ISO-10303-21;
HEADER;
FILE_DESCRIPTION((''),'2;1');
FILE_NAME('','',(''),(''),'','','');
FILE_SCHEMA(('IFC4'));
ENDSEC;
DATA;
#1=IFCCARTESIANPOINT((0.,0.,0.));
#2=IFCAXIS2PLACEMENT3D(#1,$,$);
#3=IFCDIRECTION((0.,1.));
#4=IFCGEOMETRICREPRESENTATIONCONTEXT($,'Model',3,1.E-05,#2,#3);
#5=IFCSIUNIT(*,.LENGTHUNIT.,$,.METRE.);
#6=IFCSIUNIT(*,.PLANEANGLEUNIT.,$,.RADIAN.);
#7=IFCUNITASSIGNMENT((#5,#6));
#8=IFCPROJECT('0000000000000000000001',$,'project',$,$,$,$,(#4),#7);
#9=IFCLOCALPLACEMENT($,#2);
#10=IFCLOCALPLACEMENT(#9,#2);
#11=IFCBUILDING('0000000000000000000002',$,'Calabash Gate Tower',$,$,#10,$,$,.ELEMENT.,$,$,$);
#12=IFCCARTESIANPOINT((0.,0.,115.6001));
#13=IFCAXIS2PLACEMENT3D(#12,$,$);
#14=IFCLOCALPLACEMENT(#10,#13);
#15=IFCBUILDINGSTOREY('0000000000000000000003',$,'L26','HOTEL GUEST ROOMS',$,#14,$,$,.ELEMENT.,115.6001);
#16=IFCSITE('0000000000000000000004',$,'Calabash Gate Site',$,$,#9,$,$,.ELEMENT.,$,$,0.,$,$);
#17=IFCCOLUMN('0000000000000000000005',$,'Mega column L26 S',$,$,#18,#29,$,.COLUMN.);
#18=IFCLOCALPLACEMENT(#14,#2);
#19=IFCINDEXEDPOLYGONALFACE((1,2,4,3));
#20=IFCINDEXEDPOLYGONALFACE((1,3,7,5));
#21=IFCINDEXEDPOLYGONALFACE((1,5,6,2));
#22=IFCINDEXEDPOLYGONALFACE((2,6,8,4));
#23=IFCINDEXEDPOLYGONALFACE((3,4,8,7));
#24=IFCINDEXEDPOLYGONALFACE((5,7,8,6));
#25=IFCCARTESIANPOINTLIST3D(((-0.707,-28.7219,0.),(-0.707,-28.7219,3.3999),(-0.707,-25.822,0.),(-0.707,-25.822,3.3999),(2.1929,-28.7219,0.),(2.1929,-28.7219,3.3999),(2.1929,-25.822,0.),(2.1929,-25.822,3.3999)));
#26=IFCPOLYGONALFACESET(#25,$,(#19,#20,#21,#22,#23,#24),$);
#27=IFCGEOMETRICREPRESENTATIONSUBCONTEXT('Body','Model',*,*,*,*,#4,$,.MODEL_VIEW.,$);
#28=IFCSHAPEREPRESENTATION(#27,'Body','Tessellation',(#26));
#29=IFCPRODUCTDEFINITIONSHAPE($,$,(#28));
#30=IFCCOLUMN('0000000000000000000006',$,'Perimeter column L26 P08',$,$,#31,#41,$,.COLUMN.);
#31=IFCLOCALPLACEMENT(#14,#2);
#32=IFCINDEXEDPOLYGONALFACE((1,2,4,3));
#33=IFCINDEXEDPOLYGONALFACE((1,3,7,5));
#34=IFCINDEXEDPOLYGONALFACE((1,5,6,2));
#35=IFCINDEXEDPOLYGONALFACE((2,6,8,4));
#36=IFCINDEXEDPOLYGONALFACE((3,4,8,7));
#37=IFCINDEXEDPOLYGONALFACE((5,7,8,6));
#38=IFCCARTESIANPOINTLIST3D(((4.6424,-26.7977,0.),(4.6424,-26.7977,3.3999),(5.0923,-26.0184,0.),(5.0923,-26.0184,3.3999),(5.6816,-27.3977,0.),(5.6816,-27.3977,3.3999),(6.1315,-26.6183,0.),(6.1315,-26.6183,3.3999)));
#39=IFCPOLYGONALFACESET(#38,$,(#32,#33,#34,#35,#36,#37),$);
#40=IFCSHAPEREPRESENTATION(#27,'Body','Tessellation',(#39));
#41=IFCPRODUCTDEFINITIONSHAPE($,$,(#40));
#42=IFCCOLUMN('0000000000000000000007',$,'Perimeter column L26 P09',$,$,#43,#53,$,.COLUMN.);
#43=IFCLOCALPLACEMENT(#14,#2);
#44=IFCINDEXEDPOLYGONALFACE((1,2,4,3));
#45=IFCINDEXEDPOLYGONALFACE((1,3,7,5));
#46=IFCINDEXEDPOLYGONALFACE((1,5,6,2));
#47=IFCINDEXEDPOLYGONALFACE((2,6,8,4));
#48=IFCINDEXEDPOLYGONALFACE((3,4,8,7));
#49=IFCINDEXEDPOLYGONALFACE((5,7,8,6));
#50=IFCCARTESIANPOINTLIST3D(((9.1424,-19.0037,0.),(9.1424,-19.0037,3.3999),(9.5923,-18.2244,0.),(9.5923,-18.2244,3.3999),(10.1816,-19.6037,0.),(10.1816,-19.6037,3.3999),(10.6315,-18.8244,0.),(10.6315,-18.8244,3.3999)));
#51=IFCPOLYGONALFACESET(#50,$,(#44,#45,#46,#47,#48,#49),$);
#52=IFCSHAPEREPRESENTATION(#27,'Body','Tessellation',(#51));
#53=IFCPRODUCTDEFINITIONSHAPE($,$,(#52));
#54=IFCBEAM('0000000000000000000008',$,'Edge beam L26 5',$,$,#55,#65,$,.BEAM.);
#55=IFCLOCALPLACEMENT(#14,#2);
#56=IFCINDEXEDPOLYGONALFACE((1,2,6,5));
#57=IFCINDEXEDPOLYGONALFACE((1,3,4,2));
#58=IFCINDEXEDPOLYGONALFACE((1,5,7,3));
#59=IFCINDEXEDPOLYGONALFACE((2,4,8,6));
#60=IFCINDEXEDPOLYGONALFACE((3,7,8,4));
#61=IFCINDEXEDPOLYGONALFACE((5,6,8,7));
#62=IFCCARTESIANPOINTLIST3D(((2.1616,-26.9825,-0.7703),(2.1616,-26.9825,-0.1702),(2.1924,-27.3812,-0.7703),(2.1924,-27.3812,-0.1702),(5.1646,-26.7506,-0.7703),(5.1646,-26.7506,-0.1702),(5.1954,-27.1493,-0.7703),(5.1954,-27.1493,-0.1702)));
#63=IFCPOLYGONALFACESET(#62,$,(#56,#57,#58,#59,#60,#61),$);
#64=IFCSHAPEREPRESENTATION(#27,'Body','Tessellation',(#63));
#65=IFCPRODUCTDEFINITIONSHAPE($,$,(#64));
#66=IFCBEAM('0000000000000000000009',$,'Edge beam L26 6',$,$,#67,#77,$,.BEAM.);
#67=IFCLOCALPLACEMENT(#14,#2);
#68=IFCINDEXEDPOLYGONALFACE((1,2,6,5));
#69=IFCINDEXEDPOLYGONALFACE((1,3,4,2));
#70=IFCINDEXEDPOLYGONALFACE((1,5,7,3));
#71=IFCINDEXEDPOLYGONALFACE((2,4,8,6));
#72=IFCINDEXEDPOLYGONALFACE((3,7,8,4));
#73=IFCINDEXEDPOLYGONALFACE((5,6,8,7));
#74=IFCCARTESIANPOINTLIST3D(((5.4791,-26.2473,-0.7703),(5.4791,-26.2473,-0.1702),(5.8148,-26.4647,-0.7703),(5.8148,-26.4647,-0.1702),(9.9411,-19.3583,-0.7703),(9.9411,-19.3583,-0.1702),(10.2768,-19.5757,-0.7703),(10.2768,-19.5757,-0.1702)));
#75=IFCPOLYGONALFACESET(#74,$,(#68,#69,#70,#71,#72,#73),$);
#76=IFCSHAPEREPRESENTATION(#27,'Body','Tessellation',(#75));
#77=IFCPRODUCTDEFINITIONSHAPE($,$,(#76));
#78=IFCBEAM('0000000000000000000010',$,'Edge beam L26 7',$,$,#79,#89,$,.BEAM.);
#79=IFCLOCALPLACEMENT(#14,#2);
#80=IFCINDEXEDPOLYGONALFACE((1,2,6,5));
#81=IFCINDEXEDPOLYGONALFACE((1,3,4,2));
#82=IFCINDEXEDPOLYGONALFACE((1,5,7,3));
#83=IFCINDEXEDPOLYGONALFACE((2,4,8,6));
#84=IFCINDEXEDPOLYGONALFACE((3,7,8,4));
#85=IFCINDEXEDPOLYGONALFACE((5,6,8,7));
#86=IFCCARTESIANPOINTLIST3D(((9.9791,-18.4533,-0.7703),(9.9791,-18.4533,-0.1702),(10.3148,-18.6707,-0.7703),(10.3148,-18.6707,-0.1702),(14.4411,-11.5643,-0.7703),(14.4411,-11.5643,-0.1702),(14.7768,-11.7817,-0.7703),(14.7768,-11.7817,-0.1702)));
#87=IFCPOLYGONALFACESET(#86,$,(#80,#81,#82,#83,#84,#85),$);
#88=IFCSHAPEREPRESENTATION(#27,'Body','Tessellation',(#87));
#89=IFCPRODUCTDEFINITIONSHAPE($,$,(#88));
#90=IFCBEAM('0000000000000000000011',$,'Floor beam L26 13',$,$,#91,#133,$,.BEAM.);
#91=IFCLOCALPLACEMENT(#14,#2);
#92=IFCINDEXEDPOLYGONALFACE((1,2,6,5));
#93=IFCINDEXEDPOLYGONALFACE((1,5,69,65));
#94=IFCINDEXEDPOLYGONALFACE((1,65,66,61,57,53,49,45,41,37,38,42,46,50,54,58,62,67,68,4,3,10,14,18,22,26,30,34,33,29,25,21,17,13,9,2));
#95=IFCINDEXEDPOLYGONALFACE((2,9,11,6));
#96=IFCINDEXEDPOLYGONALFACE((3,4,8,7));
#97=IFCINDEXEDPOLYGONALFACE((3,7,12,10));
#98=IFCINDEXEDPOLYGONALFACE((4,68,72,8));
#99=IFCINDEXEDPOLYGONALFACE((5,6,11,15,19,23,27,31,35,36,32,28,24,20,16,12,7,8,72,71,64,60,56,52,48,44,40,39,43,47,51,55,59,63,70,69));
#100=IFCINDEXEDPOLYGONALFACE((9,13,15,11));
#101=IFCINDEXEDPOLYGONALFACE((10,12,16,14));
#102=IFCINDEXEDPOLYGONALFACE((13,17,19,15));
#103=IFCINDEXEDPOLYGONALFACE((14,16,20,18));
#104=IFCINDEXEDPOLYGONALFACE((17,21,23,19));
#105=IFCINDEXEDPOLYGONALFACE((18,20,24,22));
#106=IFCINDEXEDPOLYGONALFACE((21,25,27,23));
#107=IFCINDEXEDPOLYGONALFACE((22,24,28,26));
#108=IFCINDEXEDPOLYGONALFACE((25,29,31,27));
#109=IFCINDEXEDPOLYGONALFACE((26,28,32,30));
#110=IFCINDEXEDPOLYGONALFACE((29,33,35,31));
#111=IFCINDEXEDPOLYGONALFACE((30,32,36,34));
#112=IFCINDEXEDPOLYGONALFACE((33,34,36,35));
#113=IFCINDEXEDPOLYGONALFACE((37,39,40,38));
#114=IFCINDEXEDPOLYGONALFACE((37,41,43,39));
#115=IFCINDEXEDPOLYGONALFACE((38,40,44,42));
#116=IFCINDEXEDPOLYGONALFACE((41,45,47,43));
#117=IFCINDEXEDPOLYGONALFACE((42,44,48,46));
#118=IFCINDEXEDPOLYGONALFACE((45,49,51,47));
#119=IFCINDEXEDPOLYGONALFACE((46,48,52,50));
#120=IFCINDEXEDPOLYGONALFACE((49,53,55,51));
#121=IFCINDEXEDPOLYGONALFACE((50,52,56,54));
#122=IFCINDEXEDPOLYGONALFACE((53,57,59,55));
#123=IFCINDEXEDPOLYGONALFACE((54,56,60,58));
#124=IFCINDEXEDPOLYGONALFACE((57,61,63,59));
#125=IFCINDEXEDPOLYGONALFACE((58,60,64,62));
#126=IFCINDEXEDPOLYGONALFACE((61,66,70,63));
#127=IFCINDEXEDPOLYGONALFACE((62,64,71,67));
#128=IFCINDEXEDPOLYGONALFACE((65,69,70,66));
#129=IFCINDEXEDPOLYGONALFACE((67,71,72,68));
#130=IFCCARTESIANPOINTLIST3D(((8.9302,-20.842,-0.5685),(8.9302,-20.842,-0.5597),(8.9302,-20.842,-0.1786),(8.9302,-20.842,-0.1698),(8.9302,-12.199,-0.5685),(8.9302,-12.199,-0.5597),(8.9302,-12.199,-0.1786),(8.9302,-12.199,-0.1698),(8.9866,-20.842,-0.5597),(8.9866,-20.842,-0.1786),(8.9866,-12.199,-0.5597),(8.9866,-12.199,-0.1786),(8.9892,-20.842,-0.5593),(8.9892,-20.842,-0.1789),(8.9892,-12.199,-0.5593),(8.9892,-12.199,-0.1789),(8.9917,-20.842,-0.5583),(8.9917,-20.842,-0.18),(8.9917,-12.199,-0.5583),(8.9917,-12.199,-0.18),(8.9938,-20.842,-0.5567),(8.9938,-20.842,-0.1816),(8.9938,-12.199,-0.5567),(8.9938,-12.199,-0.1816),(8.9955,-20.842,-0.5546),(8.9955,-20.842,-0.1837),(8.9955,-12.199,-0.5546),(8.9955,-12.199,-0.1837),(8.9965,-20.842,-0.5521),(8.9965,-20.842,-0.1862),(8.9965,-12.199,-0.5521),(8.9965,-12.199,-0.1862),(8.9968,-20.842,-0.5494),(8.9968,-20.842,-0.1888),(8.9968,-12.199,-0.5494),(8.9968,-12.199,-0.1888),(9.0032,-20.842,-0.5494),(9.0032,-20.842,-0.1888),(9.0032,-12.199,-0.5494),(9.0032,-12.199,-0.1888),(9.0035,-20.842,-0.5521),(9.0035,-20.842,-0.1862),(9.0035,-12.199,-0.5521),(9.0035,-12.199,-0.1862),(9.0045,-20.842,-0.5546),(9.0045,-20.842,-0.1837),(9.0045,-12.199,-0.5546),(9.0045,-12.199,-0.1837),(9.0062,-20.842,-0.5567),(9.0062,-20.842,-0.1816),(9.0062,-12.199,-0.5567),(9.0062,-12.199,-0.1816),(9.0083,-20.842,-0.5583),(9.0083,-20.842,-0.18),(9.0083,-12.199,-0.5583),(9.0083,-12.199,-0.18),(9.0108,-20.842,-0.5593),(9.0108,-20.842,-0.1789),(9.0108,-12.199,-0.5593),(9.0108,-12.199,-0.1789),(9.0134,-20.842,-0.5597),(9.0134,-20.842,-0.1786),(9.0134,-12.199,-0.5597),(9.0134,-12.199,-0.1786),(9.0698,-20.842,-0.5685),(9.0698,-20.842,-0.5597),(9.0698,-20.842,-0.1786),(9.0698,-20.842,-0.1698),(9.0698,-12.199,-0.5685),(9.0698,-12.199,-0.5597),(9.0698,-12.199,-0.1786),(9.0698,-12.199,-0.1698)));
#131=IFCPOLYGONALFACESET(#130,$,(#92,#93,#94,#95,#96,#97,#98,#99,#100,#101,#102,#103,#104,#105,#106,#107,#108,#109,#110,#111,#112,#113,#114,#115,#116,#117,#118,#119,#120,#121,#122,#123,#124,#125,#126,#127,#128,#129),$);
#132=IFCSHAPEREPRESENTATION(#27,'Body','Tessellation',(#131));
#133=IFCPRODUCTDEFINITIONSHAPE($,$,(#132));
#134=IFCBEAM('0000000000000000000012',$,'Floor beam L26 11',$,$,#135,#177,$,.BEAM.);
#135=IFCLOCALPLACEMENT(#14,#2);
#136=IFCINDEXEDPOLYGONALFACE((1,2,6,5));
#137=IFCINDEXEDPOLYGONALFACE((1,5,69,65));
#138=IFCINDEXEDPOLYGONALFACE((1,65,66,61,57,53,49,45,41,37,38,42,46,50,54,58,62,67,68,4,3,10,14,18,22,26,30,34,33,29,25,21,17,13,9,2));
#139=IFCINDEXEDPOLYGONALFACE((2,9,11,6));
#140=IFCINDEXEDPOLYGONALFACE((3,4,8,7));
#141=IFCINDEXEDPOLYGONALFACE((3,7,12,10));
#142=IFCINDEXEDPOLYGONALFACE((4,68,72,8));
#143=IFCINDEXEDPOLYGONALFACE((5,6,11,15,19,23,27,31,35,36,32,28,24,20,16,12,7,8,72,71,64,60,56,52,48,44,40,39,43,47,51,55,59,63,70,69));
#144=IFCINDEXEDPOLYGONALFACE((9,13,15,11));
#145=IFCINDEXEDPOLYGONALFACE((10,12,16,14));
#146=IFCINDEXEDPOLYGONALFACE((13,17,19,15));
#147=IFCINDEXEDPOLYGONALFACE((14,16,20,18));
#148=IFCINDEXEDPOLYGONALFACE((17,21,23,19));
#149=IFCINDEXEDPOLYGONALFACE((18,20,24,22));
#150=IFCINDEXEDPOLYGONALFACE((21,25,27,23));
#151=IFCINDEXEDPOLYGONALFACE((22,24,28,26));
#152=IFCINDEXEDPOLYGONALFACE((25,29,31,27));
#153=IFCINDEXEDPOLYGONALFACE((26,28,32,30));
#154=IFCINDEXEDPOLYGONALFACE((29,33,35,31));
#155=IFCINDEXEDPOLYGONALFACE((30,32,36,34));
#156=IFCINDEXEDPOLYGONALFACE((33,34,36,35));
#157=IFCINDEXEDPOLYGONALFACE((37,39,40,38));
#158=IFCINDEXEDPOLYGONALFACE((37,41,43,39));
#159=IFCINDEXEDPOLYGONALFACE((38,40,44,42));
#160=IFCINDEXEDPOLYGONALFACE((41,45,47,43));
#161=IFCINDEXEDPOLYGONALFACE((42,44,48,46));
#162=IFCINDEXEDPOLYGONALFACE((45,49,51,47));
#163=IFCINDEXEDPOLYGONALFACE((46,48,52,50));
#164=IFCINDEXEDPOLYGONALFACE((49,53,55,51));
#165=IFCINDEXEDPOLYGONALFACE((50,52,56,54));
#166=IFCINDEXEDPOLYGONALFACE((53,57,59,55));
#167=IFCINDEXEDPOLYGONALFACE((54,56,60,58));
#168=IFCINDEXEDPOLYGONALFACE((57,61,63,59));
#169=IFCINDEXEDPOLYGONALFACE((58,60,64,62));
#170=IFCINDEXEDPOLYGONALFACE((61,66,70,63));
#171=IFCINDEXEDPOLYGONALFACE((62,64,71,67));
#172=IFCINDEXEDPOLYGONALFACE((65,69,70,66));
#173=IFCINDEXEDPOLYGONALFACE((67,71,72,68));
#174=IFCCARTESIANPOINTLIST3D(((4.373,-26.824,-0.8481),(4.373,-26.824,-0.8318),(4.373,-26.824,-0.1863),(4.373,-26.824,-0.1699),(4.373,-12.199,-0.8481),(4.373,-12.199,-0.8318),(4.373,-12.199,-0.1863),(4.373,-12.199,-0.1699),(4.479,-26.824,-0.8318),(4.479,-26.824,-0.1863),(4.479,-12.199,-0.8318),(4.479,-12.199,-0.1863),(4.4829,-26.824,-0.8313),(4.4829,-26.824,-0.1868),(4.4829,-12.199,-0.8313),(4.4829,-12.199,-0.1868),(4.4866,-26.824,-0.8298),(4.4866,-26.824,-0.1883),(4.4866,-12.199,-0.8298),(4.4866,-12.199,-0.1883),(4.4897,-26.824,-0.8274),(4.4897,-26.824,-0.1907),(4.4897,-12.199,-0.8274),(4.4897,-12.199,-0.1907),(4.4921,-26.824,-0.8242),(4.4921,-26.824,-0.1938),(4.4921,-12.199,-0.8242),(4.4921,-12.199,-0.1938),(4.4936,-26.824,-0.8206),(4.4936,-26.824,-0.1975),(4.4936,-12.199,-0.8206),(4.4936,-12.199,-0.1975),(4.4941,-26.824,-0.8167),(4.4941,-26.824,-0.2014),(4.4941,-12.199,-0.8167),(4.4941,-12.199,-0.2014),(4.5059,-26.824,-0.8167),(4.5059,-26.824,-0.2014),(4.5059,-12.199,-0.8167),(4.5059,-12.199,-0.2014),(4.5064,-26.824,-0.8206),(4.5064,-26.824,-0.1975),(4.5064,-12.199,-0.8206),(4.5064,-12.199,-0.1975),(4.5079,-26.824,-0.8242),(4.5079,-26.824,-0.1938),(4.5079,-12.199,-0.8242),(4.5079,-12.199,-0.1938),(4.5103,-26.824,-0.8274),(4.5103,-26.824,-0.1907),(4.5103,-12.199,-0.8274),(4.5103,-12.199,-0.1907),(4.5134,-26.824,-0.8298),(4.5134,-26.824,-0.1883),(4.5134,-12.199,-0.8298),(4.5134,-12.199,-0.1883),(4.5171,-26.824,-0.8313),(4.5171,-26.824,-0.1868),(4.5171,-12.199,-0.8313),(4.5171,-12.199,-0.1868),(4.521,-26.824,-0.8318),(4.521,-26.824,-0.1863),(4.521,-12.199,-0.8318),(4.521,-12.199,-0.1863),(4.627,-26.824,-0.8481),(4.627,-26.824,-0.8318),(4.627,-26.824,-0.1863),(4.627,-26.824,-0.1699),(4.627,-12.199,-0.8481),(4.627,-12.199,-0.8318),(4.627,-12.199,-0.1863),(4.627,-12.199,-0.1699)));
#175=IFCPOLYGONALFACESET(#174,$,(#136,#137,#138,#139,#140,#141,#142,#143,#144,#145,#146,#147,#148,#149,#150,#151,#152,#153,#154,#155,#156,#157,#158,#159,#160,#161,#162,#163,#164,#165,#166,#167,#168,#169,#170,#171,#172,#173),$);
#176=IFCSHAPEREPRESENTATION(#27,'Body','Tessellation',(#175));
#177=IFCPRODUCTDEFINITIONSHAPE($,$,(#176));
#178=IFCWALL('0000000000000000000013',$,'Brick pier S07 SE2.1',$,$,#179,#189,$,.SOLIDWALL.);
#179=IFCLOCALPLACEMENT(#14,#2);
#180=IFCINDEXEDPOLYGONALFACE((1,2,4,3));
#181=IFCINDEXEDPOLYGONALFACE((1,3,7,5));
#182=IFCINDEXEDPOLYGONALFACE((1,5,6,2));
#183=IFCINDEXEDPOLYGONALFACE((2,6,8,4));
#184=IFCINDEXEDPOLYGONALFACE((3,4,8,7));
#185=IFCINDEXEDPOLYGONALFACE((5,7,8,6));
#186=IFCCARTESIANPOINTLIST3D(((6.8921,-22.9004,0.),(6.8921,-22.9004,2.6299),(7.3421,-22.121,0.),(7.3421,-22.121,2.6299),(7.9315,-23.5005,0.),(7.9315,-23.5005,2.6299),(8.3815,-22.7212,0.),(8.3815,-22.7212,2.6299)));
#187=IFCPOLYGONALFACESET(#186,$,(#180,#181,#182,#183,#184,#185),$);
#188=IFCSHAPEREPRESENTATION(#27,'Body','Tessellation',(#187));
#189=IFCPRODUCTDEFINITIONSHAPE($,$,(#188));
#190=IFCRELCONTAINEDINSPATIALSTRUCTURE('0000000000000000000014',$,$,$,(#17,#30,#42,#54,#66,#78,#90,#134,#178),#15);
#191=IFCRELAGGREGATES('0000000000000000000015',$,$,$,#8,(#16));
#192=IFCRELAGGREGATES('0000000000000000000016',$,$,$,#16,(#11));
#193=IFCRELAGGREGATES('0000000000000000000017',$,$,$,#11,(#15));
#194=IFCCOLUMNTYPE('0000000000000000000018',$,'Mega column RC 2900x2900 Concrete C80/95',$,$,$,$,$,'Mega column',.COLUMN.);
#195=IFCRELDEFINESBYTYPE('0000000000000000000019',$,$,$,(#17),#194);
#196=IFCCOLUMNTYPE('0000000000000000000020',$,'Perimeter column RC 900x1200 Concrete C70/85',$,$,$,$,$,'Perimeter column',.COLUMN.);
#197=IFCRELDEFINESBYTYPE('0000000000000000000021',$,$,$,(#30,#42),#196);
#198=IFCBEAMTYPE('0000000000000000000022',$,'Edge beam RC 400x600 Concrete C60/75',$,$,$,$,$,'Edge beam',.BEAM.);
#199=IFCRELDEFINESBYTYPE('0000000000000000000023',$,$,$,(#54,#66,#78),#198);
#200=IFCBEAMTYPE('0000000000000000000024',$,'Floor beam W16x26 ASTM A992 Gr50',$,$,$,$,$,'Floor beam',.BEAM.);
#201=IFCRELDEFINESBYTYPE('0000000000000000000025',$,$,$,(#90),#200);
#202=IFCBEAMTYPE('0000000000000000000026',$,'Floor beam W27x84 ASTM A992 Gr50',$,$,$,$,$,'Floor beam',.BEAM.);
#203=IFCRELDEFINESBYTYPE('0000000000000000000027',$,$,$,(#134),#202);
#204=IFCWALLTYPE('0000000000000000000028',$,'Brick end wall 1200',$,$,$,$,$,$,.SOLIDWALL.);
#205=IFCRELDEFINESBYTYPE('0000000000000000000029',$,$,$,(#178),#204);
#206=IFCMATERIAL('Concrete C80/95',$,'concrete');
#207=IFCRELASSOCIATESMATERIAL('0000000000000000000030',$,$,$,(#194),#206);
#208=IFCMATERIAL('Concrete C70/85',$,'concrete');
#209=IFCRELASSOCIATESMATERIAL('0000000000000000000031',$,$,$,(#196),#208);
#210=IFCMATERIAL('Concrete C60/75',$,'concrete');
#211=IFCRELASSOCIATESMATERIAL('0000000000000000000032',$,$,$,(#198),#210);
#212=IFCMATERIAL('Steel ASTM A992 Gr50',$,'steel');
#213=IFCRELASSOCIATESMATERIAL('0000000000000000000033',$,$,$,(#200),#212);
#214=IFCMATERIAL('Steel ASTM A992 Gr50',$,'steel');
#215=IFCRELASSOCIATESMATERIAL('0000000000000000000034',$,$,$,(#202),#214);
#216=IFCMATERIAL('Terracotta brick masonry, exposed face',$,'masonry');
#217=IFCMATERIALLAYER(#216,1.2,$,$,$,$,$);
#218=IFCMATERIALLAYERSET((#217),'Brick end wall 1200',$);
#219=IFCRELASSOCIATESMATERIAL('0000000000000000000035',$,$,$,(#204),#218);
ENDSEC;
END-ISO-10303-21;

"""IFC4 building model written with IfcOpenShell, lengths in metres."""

from ifc_helpers import new_model, si_unit, direction, frame, frame_2d, origin, origin_2d, place, context, subcontext, project, spatial, rectangle, i_section, extrude, material, layer, layer_set, material_profile, profile_set, type_object, element, save


model = new_model("IFC4")

# Units and contexts
model_context = context("Model", 3, precision=1e-05, world=origin(), true_north=direction((0.0, 1.0)))
body_context = subcontext(model_context, "Body", "Model", "MODEL_VIEW")
ifc_project = project(units=[si_unit("LENGTHUNIT", "METRE"), si_unit("PLANEANGLEUNIT", "RADIAN")], contexts=[model_context])

# Site, building, storey
site_placement = place(None, origin())
site = spatial("IfcSite", under=ifc_project, at=site_placement, Name="Calabash Gate Site", CompositionType="ELEMENT", RefElevation=0.0)
building_placement = place(site_placement, origin())
building = spatial("IfcBuilding", under=site, at=building_placement, Name="Calabash Gate Tower", CompositionType="ELEMENT")
storey_placement = place(building_placement, frame((0.0, 0.0, 115.6001)))
storey = spatial("IfcBuildingStorey", under=building, at=storey_placement, Name="L26", Description="HOTEL GUEST ROOMS", CompositionType="ELEMENT", Elevation=115.6001)

# Columns
ifc_material_1 = material(Name="Concrete C80/95", Category="concrete")
ifc_material_profile_1 = material_profile(ifc_material_1, rectangle(XDim=2.8999, YDim=2.8999, at=origin_2d()))
ifc_profile_set_1 = profile_set([ifc_material_profile_1], Name="Concrete C80/95")
column_type_1 = type_object("IfcColumnType", Name="Mega column RC 2900x2900 Concrete C80/95", ElementType="Mega column", PredefinedType="COLUMN", material=ifc_profile_set_1)
column_placement = place(storey_placement, frame((0.7429, -27.272, 0.0), z_axis=(0.0, 0.0, 1.0), x_axis=(0.0, 1.0, 0.0)))
element("IfcColumn", 1, at=column_placement, inside=storey, type_object=column_type_1, Name="Mega column L26 S", PredefinedType="COLUMN", context=body_context, shape_type="SweptSolid", body=[
    extrude(rectangle(XDim=2.8999, YDim=2.8999, at=origin_2d()), origin(), (0.0, 0.0, 1.0), 3.3999),
])
ifc_material_2 = material(Name="Concrete C70/85", Category="concrete")
ifc_material_profile_2 = material_profile(ifc_material_2, rectangle(XDim=0.8999, YDim=1.2, at=origin_2d()))
ifc_profile_set_2 = profile_set([ifc_material_profile_2], Name="Concrete C70/85")
column_type_2 = type_object("IfcColumnType", Name="Perimeter column RC 900x1200 Concrete C70/85", ElementType="Perimeter column", PredefinedType="COLUMN", material=ifc_profile_set_2)
for number, where, z_axis, x_axis, name in (
    (2, (5.387, -26.708, 0.0), (0.0, 0.0, 1.0), (0.5, 0.866025, 0.0), "Perimeter column L26 P08"),
    (3, (9.887, -18.9141, 0.0), (0.0, 0.0, 1.0), (0.5, 0.866025, 0.0), "Perimeter column L26 P09"),
):
    element("IfcColumn", number, at=place(storey_placement, frame(where, z_axis=z_axis, x_axis=x_axis)), inside=storey, type_object=column_type_2, Name=name, PredefinedType="COLUMN", context=body_context, shape_type="SweptSolid", body=[
        extrude(rectangle(XDim=0.8999, YDim=1.2, at=origin_2d()), origin(), (0.0, 0.0, 1.0), 3.3999),
    ])

# Beams
ifc_material_3 = material(Name="Concrete C60/75", Category="concrete")
ifc_material_profile_3 = material_profile(ifc_material_3, rectangle(XDim=0.3999, YDim=0.6001, at=origin_2d()))
ifc_profile_set_3 = profile_set([ifc_material_profile_3], Name="Concrete C60/75")
beam_type_1 = type_object("IfcBeamType", Name="Edge beam RC 400x600 Concrete C60/75", ElementType="Edge beam", PredefinedType="BEAM", material=ifc_profile_set_3)
beam_1_placement = place(storey_placement, frame((2.177, -27.1819, -0.4702), z_axis=(0.997031, 0.077006, 0.0), x_axis=(-0.077006, 0.997031, 0.0)))
element("IfcBeam", 4, at=beam_1_placement, inside=storey, type_object=beam_type_1, Name="Edge beam L26 5", PredefinedType="BEAM", context=body_context, shape_type="SweptSolid", body=[
    extrude(rectangle(XDim=0.3999, YDim=0.6001, at=origin_2d()), origin(), (0.0, 0.0, 1.0), 3.012),
])
for number, where, z_axis, x_axis, name in (
    (5, (5.647, -26.356, -0.4702), (0.543627, 0.839327, 0.0), (-0.839327, 0.543627, 0.0), "Edge beam L26 6"),
    (6, (10.147, -18.562, -0.4702), (0.543627, 0.839327, 0.0), (-0.839327, 0.543627, 0.0), "Edge beam L26 7"),
):
    element("IfcBeam", number, at=place(storey_placement, frame(where, z_axis=z_axis, x_axis=x_axis)), inside=storey, type_object=beam_type_1, Name=name, PredefinedType="BEAM", context=body_context, shape_type="SweptSolid", body=[
        extrude(rectangle(XDim=0.3999, YDim=0.6001, at=origin_2d()), origin(), (0.0, 0.0, 1.0), 8.2078),
    ])
ifc_material_4 = material(Name="Steel ASTM A992 Gr50", Category="steel")
ifc_material_profile_4 = material_profile(ifc_material_4, i_section(OverallWidth=0.1396, OverallDepth=0.3987, WebThickness=0.0063, FlangeThickness=0.0088, FilletRadius=0.0103, at=origin_2d()))
ifc_profile_set_4 = profile_set([ifc_material_profile_4], Name="Steel ASTM A992 Gr50")
beam_type_2 = type_object("IfcBeamType", Name="Floor beam W16x26 ASTM A992 Gr50", ElementType="Floor beam", PredefinedType="BEAM", material=ifc_profile_set_4)
beam_2_placement = place(storey_placement, frame((9.0, -20.842, -0.3691), z_axis=(0.0, 1.0, 0.0), x_axis=(-1.0, 0.0, 0.0)))
element("IfcBeam", 7, at=beam_2_placement, inside=storey, type_object=beam_type_2, Name="Floor beam L26 13", PredefinedType="BEAM", context=body_context, shape_type="SweptSolid", body=[
    extrude(i_section(OverallWidth=0.1396, OverallDepth=0.3987, WebThickness=0.0063, FlangeThickness=0.0088, FilletRadius=0.0103, at=origin_2d()), origin(), (0.0, 0.0, 1.0), 8.6431),
])
ifc_material_5 = material(Name="Steel ASTM A992 Gr50", Category="steel")
ifc_material_profile_5 = material_profile(ifc_material_5, i_section(OverallWidth=0.2539, OverallDepth=0.6782, WebThickness=0.0117, FlangeThickness=0.0164, FilletRadius=0.0151, at=origin_2d()))
ifc_profile_set_5 = profile_set([ifc_material_profile_5], Name="Steel ASTM A992 Gr50")
beam_type_3 = type_object("IfcBeamType", Name="Floor beam W27x84 ASTM A992 Gr50", ElementType="Floor beam", PredefinedType="BEAM", material=ifc_profile_set_5)
beam_3_placement = place(storey_placement, frame((4.5, -26.824, -0.509), z_axis=(0.0, 1.0, 0.0), x_axis=(-1.0, 0.0, 0.0)))
element("IfcBeam", 8, at=beam_3_placement, inside=storey, type_object=beam_type_3, Name="Floor beam L26 11", PredefinedType="BEAM", context=body_context, shape_type="SweptSolid", body=[
    extrude(i_section(OverallWidth=0.2539, OverallDepth=0.6782, WebThickness=0.0117, FlangeThickness=0.0164, FilletRadius=0.0151, at=origin_2d()), origin(), (0.0, 0.0, 1.0), 14.625),
])

# Wall
ifc_material_6 = material(Name="Terracotta brick masonry, exposed face", Category="masonry")
ifc_layer_1 = layer(ifc_material_6, 1.2)
ifc_layer_set_1 = layer_set([ifc_layer_1], Name="Brick end wall 1200")
wall_type_1 = type_object("IfcWallType", Name="Brick end wall 1200", PredefinedType="SOLIDWALL", material=ifc_layer_set_1)
wall_1_placement = place(storey_placement, frame((8.1565, -23.1108, 0.0), z_axis=(0.0, 0.0, 1.0), x_axis=(-0.866006, 0.500034, 0.0)))
element("IfcWall", 9, at=wall_1_placement, inside=storey, type_object=wall_type_1, Name="Brick pier S07 SE2.1", PredefinedType="SOLIDWALL", context=body_context, shape_type="SweptSolid", body=[
    extrude(rectangle(XDim=1.2002, YDim=0.8999, at=frame_2d((0.6001, 0.0))), origin(), (0.0, 0.0, 1.0), 2.6299),
])

save(model, "model.ifc")
